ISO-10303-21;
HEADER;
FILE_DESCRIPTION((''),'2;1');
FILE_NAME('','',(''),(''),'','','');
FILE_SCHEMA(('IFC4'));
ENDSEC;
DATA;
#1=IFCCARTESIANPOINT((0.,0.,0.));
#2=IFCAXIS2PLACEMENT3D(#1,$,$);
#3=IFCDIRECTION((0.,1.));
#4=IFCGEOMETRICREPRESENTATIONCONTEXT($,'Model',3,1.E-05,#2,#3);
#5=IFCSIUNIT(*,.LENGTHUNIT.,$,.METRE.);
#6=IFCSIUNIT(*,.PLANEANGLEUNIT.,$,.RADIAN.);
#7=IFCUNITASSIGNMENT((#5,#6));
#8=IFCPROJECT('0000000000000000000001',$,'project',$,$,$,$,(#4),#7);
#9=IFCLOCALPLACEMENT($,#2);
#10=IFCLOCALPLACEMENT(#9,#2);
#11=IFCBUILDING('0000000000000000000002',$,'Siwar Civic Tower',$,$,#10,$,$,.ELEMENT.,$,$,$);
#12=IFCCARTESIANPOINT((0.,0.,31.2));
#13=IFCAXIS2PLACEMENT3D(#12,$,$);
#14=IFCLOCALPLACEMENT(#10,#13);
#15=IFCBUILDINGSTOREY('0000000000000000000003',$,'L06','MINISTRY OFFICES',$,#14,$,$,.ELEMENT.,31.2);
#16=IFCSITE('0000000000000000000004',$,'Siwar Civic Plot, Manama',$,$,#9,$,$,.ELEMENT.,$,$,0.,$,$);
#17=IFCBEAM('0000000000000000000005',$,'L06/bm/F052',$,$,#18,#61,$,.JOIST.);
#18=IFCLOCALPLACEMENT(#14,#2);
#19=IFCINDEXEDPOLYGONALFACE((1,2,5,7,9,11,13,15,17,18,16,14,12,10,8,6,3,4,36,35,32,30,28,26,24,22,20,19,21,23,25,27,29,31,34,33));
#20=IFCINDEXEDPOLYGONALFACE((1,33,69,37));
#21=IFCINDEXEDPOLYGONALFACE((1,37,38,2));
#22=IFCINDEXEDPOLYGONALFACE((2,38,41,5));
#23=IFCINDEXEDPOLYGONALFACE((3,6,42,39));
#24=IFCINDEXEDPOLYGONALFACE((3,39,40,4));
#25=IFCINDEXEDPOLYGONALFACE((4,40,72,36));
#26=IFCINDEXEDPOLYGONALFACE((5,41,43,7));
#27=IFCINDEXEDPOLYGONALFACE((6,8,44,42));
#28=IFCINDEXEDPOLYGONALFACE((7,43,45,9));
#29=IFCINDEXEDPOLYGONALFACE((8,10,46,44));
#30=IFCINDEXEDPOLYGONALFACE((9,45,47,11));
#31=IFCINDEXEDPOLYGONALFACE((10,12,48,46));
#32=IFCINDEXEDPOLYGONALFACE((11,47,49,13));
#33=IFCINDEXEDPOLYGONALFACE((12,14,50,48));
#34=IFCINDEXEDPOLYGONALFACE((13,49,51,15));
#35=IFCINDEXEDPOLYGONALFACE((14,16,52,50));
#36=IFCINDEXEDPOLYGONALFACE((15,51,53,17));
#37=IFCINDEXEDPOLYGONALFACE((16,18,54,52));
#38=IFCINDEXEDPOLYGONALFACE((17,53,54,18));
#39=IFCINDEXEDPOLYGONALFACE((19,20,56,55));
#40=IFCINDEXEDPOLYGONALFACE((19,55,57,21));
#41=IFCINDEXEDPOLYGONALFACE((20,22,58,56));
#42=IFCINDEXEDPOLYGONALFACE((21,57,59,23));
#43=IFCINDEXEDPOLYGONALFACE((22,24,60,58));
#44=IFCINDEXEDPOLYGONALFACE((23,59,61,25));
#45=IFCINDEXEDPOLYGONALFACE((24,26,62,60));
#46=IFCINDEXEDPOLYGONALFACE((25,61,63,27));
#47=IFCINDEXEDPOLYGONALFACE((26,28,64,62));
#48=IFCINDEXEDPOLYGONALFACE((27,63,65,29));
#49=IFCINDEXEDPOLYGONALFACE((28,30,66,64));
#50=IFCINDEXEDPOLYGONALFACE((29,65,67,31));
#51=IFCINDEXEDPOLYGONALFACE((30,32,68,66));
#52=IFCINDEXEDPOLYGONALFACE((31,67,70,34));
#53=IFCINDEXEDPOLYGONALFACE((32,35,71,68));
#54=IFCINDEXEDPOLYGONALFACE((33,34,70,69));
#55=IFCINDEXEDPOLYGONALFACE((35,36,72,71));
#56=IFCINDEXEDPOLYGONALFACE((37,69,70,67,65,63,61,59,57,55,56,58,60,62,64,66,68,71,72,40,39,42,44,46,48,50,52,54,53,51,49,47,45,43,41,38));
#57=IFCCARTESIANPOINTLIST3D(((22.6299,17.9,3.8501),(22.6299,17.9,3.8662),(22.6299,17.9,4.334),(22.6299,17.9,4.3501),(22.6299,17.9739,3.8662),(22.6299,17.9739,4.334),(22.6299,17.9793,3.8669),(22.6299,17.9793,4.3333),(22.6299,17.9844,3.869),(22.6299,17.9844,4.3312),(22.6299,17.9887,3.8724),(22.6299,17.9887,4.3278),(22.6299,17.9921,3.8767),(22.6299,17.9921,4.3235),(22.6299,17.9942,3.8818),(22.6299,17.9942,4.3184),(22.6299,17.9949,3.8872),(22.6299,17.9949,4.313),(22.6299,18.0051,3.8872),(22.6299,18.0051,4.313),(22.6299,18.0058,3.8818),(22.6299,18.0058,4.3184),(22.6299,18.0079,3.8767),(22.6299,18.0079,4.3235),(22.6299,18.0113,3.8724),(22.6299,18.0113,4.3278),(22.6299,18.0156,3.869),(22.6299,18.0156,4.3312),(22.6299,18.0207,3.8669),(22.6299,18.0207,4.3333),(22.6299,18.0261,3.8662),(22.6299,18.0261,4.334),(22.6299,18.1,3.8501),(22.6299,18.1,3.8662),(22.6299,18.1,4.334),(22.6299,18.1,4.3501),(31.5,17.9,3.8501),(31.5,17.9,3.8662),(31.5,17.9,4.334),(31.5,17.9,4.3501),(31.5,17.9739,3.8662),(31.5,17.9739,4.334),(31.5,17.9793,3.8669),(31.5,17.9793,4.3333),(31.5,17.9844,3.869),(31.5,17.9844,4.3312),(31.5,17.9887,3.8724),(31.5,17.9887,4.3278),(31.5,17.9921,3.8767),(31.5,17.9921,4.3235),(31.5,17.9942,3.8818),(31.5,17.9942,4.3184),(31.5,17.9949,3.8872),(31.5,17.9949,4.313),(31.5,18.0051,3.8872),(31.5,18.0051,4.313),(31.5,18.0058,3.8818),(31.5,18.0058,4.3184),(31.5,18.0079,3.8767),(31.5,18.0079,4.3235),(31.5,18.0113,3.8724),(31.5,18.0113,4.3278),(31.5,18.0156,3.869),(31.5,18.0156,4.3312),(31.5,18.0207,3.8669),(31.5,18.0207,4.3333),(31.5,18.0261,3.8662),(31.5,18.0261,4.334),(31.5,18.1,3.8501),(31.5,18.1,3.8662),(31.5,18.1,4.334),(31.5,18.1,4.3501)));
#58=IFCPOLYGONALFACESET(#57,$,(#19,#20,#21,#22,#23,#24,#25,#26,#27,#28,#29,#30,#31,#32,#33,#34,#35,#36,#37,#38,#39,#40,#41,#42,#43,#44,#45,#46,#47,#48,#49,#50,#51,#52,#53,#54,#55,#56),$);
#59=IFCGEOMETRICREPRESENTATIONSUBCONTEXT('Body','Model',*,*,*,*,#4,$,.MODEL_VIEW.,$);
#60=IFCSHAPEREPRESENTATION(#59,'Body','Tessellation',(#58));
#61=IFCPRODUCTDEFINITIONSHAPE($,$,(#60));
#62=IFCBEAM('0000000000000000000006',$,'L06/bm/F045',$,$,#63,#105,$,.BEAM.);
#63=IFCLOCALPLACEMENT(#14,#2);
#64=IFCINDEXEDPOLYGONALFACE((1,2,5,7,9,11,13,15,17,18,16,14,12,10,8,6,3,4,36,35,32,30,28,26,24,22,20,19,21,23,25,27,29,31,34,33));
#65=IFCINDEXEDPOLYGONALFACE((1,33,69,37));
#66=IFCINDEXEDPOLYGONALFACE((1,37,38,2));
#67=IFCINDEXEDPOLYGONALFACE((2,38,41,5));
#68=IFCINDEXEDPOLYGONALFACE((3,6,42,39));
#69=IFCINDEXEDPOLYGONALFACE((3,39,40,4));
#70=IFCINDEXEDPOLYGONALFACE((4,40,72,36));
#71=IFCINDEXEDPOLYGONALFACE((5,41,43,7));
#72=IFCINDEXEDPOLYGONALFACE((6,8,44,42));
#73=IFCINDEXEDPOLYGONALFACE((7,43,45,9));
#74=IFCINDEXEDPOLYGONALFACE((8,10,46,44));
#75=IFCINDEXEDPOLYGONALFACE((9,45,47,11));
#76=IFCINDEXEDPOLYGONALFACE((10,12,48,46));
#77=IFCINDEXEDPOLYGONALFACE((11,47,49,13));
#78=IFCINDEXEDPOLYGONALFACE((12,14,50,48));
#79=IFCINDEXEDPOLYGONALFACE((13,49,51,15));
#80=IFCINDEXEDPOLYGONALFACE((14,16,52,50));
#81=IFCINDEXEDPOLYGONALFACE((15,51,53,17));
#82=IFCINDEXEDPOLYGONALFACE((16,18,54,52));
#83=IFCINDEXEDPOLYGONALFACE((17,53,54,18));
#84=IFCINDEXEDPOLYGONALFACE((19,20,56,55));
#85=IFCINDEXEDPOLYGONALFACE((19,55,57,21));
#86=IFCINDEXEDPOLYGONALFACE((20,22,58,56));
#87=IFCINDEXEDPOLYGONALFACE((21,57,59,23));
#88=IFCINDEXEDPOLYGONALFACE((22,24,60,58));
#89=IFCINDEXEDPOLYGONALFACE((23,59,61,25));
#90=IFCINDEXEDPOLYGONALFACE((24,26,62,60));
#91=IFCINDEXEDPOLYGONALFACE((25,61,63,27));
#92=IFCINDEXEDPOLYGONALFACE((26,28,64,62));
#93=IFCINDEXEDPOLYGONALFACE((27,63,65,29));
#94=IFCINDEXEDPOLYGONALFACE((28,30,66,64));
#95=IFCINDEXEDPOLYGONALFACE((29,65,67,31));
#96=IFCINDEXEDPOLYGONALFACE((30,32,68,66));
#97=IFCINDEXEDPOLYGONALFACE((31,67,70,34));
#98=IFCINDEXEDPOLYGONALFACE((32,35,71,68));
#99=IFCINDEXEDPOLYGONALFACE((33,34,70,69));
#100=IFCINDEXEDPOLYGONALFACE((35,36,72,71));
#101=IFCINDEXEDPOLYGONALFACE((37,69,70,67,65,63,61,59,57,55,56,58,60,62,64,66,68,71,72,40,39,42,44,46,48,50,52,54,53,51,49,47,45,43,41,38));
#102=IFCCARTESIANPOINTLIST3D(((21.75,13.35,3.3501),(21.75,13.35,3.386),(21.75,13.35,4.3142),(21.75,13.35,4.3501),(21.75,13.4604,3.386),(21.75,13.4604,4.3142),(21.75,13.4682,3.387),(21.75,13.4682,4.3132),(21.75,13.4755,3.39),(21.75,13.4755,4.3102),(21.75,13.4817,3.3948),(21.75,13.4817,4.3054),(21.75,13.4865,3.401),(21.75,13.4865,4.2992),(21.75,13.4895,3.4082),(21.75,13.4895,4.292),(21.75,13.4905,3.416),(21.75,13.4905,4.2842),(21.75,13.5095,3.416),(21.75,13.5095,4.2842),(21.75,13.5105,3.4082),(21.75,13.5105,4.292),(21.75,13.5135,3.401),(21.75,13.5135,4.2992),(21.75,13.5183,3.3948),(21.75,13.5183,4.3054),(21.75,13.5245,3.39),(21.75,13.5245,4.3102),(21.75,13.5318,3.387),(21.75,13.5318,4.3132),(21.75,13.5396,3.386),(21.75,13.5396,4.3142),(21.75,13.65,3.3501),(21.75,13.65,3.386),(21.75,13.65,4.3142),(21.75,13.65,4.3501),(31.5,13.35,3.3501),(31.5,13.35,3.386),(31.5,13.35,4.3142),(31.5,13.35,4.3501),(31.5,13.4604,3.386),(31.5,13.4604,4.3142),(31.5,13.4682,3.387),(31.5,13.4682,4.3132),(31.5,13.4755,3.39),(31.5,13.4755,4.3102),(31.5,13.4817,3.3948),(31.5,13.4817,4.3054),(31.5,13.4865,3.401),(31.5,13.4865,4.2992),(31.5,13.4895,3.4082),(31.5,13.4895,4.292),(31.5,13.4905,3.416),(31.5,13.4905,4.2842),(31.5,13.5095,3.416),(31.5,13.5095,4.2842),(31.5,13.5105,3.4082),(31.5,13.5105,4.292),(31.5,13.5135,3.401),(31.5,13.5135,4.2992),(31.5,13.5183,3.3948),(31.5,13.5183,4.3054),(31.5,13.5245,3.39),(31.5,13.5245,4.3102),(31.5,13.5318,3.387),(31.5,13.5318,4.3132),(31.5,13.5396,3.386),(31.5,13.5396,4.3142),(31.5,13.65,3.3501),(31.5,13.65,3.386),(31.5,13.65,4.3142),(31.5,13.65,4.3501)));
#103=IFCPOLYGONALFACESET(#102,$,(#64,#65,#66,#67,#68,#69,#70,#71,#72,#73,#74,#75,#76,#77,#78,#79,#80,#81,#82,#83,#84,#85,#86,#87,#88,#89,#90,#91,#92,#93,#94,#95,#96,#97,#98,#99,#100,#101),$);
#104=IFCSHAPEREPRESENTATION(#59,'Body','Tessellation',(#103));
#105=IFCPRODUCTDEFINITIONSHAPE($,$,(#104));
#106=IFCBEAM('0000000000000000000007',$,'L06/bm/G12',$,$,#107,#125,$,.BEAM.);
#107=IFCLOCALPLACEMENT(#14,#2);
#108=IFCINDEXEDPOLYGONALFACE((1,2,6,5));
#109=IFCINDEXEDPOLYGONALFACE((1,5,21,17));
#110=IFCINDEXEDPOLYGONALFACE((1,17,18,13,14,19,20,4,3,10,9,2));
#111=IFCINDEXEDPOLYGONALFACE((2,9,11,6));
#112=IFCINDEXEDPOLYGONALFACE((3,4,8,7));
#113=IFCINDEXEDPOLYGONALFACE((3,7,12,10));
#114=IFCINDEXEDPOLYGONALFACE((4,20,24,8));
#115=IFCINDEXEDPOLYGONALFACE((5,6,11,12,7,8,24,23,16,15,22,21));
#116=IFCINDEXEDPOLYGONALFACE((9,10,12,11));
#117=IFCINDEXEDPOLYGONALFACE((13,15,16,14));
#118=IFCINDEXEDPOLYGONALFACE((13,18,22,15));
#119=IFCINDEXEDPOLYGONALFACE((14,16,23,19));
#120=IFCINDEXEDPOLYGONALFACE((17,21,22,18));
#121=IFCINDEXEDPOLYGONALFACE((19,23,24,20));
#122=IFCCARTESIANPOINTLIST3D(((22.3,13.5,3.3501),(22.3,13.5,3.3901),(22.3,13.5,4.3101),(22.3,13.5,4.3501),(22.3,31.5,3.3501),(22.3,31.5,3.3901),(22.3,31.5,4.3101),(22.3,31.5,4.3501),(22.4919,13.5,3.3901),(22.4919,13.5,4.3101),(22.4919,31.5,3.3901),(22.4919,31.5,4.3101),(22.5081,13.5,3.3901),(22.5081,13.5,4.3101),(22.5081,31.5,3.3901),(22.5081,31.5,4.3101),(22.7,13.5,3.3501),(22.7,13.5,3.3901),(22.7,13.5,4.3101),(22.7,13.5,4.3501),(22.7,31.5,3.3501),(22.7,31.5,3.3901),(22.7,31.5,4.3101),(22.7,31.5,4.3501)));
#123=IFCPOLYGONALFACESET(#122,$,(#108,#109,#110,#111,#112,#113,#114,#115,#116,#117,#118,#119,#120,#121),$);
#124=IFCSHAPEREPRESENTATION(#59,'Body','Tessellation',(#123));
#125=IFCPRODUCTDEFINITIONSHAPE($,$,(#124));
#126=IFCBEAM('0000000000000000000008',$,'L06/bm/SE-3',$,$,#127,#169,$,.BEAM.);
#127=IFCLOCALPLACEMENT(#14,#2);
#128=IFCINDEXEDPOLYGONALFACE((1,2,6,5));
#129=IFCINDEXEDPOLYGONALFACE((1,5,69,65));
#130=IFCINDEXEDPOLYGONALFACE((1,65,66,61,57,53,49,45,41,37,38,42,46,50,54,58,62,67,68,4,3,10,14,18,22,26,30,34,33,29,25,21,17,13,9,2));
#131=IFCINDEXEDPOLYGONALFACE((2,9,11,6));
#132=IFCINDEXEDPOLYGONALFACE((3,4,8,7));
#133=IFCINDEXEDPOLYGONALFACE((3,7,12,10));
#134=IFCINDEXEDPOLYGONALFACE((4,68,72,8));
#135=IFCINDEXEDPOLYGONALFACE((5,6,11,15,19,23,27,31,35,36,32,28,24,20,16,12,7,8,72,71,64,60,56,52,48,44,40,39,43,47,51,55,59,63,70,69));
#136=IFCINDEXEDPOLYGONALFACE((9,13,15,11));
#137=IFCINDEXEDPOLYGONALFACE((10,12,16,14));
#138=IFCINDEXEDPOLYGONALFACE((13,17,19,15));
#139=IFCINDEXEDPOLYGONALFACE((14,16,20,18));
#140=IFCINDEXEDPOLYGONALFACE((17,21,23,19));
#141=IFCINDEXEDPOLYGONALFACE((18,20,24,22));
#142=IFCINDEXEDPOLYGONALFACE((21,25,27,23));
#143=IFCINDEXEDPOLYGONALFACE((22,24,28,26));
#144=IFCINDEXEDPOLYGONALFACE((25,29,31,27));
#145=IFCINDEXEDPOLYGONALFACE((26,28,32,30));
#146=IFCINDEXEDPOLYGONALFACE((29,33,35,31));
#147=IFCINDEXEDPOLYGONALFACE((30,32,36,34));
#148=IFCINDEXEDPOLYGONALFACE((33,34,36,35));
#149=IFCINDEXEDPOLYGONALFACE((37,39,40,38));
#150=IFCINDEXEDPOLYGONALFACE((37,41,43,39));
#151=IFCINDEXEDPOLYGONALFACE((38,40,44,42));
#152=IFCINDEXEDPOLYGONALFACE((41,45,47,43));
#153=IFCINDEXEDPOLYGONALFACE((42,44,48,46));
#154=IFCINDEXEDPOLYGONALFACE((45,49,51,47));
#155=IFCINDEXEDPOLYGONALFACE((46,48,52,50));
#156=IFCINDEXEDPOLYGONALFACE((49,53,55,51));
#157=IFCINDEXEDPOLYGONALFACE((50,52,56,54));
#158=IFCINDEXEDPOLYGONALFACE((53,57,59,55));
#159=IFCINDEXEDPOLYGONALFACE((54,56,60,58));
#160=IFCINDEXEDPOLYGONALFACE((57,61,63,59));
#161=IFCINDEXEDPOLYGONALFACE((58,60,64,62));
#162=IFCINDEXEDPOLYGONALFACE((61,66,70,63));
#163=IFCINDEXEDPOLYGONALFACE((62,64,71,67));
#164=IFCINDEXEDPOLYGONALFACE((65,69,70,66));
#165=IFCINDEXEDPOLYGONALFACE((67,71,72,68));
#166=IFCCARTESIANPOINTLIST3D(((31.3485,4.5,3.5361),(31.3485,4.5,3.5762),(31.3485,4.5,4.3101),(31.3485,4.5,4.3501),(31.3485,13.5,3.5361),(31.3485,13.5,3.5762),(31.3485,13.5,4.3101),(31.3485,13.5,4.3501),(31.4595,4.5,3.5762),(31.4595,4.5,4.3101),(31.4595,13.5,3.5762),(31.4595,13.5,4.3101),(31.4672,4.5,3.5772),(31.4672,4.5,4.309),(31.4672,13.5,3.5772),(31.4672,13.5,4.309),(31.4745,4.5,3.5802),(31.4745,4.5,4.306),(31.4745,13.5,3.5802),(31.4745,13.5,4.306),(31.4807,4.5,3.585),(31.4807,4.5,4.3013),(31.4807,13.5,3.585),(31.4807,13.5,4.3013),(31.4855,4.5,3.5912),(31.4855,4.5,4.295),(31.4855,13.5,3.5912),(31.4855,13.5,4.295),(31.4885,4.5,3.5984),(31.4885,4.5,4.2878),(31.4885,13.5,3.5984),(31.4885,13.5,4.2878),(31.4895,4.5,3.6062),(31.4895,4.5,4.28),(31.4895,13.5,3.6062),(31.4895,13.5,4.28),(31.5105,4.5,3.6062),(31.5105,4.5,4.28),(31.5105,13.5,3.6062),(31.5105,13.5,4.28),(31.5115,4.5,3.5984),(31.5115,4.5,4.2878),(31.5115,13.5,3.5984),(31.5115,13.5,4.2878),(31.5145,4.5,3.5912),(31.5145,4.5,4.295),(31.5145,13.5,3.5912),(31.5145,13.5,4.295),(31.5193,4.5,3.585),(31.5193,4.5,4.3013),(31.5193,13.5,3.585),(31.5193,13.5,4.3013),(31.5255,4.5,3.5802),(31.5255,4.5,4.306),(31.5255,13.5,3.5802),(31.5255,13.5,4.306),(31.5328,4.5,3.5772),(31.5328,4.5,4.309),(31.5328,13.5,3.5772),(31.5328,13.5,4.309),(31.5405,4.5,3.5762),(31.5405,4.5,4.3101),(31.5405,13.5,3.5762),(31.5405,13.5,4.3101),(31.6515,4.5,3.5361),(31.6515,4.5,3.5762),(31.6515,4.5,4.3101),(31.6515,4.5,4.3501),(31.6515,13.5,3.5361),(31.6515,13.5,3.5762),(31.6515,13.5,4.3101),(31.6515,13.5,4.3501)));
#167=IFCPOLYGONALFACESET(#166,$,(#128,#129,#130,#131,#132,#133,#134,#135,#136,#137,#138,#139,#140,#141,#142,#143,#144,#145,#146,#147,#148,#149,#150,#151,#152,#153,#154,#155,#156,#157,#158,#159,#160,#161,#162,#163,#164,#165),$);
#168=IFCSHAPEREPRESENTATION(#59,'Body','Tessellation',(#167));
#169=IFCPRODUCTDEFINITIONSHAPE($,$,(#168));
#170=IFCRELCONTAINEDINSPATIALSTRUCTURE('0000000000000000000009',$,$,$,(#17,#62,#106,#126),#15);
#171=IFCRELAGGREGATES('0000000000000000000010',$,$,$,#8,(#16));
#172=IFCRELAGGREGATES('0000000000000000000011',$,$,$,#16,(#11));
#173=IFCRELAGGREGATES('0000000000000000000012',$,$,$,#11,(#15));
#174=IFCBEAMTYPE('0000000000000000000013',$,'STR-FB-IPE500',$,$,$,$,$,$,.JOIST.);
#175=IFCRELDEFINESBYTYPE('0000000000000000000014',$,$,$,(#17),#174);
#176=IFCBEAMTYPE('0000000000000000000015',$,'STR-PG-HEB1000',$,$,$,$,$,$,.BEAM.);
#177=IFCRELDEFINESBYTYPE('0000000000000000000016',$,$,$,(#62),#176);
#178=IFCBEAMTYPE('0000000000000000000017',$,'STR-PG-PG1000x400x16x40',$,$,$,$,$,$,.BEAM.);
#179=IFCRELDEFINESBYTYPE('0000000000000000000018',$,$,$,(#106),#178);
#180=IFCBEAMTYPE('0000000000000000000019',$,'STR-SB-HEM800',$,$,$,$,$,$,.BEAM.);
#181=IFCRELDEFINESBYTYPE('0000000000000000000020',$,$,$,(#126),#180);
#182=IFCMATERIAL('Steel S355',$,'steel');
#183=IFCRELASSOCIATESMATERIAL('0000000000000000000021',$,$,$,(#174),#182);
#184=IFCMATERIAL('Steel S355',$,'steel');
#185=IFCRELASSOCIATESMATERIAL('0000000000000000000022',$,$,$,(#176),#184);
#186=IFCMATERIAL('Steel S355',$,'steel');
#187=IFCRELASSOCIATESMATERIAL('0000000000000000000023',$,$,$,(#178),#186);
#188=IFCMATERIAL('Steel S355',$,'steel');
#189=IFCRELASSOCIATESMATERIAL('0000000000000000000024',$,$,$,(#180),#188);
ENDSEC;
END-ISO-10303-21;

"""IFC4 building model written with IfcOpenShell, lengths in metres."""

from ifc_helpers import new_model, si_unit, direction, frame, origin, origin_2d, place, context, subcontext, project, spatial, i_section, extrude, material, material_profile, profile_set, type_object, element, save


model = new_model("IFC4")

# Units and contexts
model_context = context("Model", 3, precision=1e-05, world=origin(), true_north=direction((0.0, 1.0)))
body_context = subcontext(model_context, "Body", "Model", "MODEL_VIEW")
ifc_project = project(units=[si_unit("LENGTHUNIT", "METRE"), si_unit("PLANEANGLEUNIT", "RADIAN")], contexts=[model_context])

# Site, building, storey
site_placement = place(None, origin())
site = spatial("IfcSite", under=ifc_project, at=site_placement, Name="Siwar Civic Plot, Manama", CompositionType="ELEMENT", RefElevation=0.0)
building_placement = place(site_placement, origin())
building = spatial("IfcBuilding", under=site, at=building_placement, Name="Siwar Civic Tower", CompositionType="ELEMENT")
storey_placement = place(building_placement, frame((0.0, 0.0, 31.2)))
storey = spatial("IfcBuildingStorey", under=building, at=storey_placement, Name="L06", Description="MINISTRY OFFICES", CompositionType="ELEMENT", Elevation=31.2)

# Beams
ifc_material_1 = material(Name="Steel S355", Category="steel")
ifc_material_profile_1 = material_profile(ifc_material_1, i_section(OverallWidth=0.2, OverallDepth=0.5, WebThickness=0.0103, FlangeThickness=0.0161, FilletRadius=0.021, at=origin_2d()), Name="IPE500")
ifc_profile_set_1 = profile_set([ifc_material_profile_1], Name="Steel S355")
beam_type_1 = type_object("IfcBeamType", Name="STR-FB-IPE500", PredefinedType="JOIST", material=ifc_profile_set_1)
beam_1_placement = place(storey_placement, frame((22.6299, 18.0, 4.1001), z_axis=(1.0, 0.0, 0.0), x_axis=(0.0, 1.0, 0.0)))
element("IfcBeam", 1, at=beam_1_placement, inside=storey, type_object=beam_type_1, Name="L06/bm/F052", PredefinedType="JOIST", context=body_context, shape_type="SweptSolid", body=[
    extrude(i_section(OverallWidth=0.2, OverallDepth=0.5, WebThickness=0.0103, FlangeThickness=0.0161, FilletRadius=0.021, at=origin_2d()), origin(), (0.0, 0.0, 1.0), 8.8701),
])
ifc_material_2 = material(Name="Steel S355", Category="steel")
ifc_material_profile_2 = material_profile(ifc_material_2, i_section(OverallWidth=0.3, OverallDepth=1.0, WebThickness=0.019, FlangeThickness=0.0359, FilletRadius=0.03, at=origin_2d()), Name="HEB1000")
ifc_profile_set_2 = profile_set([ifc_material_profile_2], Name="Steel S355")
beam_type_2 = type_object("IfcBeamType", Name="STR-PG-HEB1000", PredefinedType="BEAM", material=ifc_profile_set_2)
beam_2_placement = place(storey_placement, frame((21.75, 13.5, 3.8501), z_axis=(1.0, 0.0, 0.0), x_axis=(0.0, 1.0, 0.0)))
element("IfcBeam", 2, at=beam_2_placement, inside=storey, type_object=beam_type_2, Name="L06/bm/F045", PredefinedType="BEAM", context=body_context, shape_type="SweptSolid", body=[
    extrude(i_section(OverallWidth=0.3, OverallDepth=1.0, WebThickness=0.019, FlangeThickness=0.0359, FilletRadius=0.03, at=origin_2d()), origin(), (0.0, 0.0, 1.0), 9.75),
])
ifc_material_3 = material(Name="Steel S355", Category="steel")
ifc_material_profile_3 = material_profile(ifc_material_3, i_section(OverallWidth=0.3999, OverallDepth=1.0, WebThickness=0.0161, FlangeThickness=0.04, at=origin_2d()), Name="PG1000x400x16x40")
ifc_profile_set_3 = profile_set([ifc_material_profile_3], Name="Steel S355")
beam_type_3 = type_object("IfcBeamType", Name="STR-PG-PG1000x400x16x40", PredefinedType="BEAM", material=ifc_profile_set_3)
beam_3_placement = place(storey_placement, frame((22.5, 13.5, 3.8501), z_axis=(0.0, 1.0, 0.0), x_axis=(-1.0, 0.0, 0.0)))
element("IfcBeam", 3, at=beam_3_placement, inside=storey, type_object=beam_type_3, Name="L06/bm/G12", PredefinedType="BEAM", context=body_context, shape_type="SweptSolid", body=[
    extrude(i_section(OverallWidth=0.3999, OverallDepth=1.0, WebThickness=0.0161, FlangeThickness=0.04, at=origin_2d()), origin(), (0.0, 0.0, 1.0), 18.0),
])
ifc_material_4 = material(Name="Steel S355", Category="steel")
ifc_material_profile_4 = material_profile(ifc_material_4, i_section(OverallWidth=0.303, OverallDepth=0.814, WebThickness=0.021, FlangeThickness=0.04, FilletRadius=0.03, at=origin_2d()), Name="HEM800")
ifc_profile_set_4 = profile_set([ifc_material_profile_4], Name="Steel S355")
beam_type_4 = type_object("IfcBeamType", Name="STR-SB-HEM800", PredefinedType="BEAM", material=ifc_profile_set_4)
for number, where, z_axis, x_axis, name in (
    (4, (31.5, 4.5, 3.9431), (0.0, 1.0, 0.0), (-1.0, 0.0, 0.0), "L06/bm/SE-3"),
):
    element("IfcBeam", number, at=place(storey_placement, frame(where, z_axis=z_axis, x_axis=x_axis)), inside=storey, type_object=beam_type_4, Name=name, PredefinedType="BEAM", context=body_context, shape_type="SweptSolid", body=[
        extrude(i_section(OverallWidth=0.303, OverallDepth=0.814, WebThickness=0.021, FlangeThickness=0.04, FilletRadius=0.03, at=origin_2d()), origin(), (0.0, 0.0, 1.0), 9.0),
    ])

save(model, "model.ifc")
